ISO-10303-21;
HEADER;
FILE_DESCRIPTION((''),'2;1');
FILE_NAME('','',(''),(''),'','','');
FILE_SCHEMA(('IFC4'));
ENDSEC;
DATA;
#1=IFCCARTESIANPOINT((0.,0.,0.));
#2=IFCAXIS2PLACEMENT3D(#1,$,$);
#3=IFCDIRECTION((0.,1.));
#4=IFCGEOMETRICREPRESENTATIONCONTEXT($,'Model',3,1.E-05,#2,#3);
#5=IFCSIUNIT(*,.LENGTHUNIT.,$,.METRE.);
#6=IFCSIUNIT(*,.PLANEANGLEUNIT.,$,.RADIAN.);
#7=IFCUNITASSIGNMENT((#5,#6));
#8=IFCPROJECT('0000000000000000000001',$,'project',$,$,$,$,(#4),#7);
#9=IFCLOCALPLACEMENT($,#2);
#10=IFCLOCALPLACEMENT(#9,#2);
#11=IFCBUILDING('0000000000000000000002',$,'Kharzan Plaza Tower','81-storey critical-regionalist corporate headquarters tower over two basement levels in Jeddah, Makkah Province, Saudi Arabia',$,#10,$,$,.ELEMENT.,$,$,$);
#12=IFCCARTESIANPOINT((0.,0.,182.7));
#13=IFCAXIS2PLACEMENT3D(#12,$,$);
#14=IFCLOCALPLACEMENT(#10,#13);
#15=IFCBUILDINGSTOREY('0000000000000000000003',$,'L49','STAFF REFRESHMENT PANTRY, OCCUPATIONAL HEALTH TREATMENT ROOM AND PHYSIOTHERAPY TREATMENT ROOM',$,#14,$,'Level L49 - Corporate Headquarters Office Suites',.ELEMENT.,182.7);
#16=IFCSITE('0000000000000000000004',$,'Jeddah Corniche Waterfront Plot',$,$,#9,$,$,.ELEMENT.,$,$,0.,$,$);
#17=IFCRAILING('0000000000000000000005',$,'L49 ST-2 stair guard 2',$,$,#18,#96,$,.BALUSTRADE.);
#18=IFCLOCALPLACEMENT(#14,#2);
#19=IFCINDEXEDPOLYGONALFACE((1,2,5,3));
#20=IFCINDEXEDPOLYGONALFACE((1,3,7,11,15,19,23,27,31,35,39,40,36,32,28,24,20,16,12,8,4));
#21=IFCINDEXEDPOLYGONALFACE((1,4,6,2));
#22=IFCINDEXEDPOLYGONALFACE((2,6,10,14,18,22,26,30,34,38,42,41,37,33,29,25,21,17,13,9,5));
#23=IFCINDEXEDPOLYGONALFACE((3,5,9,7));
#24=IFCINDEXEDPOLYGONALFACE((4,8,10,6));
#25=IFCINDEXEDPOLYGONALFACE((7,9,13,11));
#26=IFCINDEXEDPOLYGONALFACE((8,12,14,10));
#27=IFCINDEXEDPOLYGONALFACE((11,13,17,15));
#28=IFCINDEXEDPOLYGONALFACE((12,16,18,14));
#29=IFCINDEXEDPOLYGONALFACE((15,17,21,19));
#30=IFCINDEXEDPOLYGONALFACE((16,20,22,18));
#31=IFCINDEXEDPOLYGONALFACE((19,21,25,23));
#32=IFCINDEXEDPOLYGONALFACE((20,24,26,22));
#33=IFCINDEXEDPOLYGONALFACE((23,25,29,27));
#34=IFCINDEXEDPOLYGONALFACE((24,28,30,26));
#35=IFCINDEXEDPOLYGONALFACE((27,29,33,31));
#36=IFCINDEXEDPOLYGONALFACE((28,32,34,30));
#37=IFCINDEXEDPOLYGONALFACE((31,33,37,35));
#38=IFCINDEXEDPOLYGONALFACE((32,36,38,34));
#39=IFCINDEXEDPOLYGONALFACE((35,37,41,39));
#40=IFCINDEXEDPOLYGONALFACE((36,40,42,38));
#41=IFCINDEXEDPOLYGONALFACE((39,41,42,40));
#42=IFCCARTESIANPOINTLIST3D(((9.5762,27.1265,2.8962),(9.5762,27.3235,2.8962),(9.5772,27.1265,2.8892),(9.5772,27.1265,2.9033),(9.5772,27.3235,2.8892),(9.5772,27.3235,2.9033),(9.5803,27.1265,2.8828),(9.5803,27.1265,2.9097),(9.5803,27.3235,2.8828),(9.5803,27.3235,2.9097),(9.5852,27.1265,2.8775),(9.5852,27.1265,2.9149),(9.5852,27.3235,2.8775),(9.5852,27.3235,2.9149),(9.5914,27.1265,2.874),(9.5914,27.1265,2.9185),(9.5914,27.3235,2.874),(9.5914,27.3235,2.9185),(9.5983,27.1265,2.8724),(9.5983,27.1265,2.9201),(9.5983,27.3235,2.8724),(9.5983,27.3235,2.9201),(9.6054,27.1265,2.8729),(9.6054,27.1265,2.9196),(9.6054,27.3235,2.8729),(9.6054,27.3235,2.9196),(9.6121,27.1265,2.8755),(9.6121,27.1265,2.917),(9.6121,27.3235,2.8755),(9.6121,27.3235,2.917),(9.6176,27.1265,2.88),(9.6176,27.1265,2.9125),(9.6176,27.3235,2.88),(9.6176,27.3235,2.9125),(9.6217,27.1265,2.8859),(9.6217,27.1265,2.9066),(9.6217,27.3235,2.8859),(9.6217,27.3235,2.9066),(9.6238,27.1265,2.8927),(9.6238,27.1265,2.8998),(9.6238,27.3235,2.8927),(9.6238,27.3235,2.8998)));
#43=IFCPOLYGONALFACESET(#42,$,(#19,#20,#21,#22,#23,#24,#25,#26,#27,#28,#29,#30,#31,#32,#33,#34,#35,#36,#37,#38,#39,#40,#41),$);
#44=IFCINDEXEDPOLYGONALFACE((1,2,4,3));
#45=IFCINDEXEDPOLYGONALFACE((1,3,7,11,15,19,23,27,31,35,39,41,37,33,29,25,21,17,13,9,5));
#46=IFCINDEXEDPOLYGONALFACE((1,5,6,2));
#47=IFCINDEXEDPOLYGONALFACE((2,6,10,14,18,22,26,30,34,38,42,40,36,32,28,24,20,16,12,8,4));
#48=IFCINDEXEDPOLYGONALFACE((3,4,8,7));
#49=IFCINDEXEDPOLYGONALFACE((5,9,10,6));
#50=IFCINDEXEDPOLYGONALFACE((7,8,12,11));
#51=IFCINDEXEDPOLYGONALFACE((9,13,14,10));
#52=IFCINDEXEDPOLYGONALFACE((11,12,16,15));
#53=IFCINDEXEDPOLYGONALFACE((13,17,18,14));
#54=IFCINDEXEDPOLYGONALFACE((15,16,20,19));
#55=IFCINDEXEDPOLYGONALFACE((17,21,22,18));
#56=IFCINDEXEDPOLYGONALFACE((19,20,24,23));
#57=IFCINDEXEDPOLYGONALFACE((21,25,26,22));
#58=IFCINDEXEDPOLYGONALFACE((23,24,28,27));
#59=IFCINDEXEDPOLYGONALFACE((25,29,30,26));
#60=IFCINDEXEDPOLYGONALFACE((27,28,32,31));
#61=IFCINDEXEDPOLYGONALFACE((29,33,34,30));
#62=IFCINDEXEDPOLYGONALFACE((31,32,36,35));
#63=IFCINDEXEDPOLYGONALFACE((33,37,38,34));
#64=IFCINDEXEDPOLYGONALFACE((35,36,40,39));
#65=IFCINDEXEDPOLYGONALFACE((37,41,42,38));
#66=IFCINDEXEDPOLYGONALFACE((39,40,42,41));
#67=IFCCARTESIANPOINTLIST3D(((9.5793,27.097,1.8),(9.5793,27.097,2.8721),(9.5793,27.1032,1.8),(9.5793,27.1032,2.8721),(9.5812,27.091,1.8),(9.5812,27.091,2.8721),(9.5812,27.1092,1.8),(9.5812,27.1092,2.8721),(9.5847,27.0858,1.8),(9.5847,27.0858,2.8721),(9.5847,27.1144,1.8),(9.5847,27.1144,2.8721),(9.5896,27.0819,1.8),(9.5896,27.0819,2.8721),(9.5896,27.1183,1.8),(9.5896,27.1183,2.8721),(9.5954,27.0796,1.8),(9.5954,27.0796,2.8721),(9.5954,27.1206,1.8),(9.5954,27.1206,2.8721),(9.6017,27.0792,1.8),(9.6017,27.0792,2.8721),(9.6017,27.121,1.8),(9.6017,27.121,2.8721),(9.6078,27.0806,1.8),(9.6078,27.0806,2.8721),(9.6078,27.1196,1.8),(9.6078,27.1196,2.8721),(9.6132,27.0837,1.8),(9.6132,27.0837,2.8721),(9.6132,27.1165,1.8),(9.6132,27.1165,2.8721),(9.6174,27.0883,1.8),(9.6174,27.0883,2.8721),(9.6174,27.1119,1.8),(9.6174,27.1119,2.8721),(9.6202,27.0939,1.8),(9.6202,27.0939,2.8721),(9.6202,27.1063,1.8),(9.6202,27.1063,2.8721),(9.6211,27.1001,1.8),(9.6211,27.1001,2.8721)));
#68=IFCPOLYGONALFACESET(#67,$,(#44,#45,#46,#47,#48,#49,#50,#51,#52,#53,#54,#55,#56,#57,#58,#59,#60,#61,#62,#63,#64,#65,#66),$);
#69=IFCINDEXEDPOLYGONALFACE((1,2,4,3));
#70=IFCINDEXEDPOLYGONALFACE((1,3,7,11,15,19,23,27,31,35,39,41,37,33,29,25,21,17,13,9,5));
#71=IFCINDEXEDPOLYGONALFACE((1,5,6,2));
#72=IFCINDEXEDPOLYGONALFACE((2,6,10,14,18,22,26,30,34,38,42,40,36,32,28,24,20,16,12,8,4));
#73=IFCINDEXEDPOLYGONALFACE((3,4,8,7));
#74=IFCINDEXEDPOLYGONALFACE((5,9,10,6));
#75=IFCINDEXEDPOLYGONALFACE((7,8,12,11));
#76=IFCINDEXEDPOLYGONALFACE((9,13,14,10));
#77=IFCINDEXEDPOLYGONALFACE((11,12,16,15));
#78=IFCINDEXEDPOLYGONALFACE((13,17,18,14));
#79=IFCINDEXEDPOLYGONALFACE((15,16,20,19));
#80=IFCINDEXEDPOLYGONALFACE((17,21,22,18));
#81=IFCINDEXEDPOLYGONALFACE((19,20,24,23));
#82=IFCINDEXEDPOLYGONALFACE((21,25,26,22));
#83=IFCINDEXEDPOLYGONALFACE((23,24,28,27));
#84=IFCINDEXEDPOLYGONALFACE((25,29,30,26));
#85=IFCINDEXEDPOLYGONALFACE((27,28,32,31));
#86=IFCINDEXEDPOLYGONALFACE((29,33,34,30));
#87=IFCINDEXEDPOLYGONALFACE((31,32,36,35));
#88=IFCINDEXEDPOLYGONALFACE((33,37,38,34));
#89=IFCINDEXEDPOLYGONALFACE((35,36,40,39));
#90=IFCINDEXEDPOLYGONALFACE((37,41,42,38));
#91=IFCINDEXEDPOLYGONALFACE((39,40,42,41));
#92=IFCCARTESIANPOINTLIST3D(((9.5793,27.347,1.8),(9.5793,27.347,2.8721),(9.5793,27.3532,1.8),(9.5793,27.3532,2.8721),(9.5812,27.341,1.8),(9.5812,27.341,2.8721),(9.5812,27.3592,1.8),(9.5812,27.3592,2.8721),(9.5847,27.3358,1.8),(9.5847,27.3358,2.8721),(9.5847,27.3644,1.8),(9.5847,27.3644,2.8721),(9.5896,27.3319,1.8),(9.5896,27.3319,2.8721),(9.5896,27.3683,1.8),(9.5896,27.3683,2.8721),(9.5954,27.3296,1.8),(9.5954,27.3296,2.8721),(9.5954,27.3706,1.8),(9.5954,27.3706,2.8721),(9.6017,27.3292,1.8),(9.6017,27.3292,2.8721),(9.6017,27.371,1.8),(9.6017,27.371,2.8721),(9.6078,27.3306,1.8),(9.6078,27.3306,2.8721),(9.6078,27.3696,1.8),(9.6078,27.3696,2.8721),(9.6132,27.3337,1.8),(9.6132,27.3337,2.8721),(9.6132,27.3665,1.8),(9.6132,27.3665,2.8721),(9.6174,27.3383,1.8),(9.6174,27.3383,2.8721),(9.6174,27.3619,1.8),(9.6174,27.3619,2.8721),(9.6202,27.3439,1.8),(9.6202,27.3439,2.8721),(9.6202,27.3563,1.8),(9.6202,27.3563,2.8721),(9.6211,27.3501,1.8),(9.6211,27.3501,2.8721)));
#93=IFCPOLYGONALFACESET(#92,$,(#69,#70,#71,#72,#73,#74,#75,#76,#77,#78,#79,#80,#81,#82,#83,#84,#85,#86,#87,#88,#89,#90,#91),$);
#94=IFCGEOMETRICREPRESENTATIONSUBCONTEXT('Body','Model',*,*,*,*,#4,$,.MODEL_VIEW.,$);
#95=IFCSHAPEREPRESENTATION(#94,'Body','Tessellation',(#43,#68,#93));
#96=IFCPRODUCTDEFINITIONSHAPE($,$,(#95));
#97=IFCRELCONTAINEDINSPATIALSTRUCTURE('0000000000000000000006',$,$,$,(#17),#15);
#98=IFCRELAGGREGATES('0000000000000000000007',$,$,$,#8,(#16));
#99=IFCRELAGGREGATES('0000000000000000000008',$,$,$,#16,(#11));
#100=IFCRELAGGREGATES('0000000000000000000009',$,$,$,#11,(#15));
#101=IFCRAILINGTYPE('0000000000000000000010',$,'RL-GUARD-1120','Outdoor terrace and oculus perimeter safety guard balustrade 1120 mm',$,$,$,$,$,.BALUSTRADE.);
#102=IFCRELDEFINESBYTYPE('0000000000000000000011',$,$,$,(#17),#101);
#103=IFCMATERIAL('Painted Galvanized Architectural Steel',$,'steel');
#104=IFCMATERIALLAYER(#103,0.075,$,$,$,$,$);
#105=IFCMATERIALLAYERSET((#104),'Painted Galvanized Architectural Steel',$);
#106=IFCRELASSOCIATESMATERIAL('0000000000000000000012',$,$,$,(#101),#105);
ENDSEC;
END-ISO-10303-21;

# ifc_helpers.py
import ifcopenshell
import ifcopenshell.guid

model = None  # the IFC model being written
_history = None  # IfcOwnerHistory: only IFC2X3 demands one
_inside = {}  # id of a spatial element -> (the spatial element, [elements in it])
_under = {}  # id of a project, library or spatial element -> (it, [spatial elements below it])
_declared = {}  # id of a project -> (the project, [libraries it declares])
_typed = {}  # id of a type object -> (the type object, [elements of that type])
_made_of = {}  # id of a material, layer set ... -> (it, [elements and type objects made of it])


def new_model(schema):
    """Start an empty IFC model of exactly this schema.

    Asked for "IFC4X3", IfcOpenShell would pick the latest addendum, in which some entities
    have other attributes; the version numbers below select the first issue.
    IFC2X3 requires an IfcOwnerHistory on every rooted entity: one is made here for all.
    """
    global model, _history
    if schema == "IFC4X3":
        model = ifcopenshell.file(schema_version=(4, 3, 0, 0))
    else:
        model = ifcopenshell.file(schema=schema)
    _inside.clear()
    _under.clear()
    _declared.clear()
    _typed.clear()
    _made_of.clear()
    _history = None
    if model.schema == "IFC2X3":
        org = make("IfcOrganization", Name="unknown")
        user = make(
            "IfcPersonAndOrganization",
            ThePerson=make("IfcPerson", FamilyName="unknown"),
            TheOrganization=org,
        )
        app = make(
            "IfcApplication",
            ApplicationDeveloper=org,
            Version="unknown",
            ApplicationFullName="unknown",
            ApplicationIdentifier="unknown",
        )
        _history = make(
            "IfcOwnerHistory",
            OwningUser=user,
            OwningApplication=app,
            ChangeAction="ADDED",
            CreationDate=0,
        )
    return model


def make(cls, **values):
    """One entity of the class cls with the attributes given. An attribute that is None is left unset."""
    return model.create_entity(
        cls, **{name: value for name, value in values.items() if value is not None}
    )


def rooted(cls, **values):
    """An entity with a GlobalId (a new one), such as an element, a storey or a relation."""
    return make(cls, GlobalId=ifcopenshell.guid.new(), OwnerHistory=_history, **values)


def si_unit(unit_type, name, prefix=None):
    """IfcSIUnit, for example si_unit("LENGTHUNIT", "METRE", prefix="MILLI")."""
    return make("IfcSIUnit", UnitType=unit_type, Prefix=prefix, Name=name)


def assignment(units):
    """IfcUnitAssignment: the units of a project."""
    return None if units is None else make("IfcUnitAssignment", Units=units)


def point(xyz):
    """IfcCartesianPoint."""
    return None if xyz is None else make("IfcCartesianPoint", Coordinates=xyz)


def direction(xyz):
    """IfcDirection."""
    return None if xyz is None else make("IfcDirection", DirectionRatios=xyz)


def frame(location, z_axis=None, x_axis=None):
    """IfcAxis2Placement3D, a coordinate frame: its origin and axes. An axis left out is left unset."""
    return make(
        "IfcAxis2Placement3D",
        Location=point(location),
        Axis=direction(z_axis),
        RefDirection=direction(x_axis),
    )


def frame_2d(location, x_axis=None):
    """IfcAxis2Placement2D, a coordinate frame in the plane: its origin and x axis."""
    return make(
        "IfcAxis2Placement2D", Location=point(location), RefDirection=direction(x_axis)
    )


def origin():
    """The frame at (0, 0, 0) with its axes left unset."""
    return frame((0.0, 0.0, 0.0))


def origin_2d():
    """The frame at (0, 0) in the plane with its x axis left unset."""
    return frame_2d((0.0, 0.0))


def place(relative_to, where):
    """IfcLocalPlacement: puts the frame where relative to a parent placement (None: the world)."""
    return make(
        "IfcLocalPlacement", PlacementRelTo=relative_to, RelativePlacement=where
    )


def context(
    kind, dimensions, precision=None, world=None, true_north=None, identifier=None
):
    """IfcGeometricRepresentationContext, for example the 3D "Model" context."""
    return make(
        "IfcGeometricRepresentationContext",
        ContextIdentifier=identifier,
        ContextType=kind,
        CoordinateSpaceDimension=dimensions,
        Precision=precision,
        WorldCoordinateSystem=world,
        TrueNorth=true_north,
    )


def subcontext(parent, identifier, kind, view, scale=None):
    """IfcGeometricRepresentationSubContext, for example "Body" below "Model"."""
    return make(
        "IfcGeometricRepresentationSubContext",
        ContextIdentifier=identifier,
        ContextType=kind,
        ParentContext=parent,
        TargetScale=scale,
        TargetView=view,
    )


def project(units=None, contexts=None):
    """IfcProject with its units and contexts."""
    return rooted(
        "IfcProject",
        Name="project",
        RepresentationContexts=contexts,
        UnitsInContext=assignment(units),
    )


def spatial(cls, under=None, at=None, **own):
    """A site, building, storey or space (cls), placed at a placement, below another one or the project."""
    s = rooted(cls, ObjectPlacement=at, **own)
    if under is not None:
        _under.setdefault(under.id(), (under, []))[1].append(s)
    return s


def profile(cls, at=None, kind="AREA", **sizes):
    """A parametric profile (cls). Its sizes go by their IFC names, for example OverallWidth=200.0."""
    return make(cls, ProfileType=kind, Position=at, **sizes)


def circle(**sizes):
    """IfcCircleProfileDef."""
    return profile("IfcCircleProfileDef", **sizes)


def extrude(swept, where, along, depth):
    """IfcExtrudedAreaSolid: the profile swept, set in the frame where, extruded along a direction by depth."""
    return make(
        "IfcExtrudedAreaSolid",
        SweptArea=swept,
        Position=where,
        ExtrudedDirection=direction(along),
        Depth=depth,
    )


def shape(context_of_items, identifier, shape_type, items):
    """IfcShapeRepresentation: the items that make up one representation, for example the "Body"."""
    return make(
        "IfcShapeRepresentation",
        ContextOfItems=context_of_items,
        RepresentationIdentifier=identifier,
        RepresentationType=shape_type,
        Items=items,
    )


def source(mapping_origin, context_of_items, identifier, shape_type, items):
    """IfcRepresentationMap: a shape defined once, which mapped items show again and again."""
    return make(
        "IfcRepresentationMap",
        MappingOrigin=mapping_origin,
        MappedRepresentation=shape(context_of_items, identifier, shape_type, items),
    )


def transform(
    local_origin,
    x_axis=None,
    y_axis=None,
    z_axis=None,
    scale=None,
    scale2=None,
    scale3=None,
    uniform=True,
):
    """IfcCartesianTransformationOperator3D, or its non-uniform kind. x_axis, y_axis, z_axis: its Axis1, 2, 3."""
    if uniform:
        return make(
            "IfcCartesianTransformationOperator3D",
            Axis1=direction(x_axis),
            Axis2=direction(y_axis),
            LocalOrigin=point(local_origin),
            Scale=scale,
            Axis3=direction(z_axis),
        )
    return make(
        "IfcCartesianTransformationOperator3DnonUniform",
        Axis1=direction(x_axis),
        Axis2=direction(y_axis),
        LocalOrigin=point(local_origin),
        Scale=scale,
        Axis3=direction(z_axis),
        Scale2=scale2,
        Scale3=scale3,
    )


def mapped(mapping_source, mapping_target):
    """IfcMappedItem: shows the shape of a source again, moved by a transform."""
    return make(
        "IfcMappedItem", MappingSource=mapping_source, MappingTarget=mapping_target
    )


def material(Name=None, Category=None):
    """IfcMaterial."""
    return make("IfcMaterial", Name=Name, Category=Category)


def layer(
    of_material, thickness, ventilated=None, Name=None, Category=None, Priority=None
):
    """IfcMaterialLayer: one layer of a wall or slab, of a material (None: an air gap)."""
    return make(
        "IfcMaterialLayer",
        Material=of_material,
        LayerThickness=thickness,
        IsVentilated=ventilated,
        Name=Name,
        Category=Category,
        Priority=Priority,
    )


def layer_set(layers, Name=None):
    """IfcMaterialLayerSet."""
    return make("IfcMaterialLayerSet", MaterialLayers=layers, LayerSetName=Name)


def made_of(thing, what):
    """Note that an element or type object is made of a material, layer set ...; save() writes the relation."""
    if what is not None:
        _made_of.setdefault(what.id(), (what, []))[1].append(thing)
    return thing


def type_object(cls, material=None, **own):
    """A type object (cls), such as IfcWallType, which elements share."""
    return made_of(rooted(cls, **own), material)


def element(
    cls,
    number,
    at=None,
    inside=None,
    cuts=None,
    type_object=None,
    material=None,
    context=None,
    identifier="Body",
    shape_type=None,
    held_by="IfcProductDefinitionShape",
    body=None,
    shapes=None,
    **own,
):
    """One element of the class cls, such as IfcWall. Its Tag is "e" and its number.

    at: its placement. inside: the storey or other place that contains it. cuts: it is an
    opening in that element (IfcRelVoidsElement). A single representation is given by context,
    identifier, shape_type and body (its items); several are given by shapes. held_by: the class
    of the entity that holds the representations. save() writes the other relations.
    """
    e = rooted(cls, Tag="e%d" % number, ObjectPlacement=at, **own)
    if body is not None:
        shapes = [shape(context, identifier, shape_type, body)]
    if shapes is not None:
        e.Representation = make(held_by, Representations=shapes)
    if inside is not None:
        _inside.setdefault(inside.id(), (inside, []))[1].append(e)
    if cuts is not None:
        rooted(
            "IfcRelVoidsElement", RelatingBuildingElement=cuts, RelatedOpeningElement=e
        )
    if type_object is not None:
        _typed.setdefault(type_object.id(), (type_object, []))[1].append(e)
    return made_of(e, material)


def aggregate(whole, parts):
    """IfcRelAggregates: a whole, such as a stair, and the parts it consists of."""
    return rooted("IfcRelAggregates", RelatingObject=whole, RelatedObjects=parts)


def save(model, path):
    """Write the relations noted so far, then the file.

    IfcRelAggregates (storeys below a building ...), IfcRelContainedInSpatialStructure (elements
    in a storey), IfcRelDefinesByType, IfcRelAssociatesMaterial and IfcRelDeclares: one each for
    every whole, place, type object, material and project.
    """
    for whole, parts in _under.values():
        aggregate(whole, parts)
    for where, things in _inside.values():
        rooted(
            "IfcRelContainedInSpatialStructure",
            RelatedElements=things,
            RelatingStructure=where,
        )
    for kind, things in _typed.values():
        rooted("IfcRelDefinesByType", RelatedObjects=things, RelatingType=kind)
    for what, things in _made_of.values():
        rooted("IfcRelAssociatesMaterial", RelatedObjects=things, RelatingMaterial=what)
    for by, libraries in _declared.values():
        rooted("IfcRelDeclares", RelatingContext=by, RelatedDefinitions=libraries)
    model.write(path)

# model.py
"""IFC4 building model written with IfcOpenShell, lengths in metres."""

from ifc_helpers import new_model, si_unit, direction, frame, origin, origin_2d, place, context, subcontext, project, spatial, circle, extrude, source, transform, mapped, material, layer, layer_set, type_object, element, save


model = new_model("IFC4")

# Units and contexts
model_context = context("Model", 3, precision=1e-05, world=origin(), true_north=direction((0.0, 1.0)))
body_context = subcontext(model_context, "Body", "Model", "MODEL_VIEW")
ifc_project = project(units=[si_unit("LENGTHUNIT", "METRE"), si_unit("PLANEANGLEUNIT", "RADIAN")], contexts=[model_context])

# Site, building, storey
site_placement = place(None, origin())
site = spatial("IfcSite", under=ifc_project, at=site_placement, Name="Jeddah Corniche Waterfront Plot", CompositionType="ELEMENT", RefElevation=0.0)
building_placement = place(site_placement, origin())
building = spatial("IfcBuilding", under=site, at=building_placement, Name="Kharzan Plaza Tower", Description="81-storey critical-regionalist corporate headquarters tower over two basement levels in Jeddah, Makkah Province, Saudi Arabia", CompositionType="ELEMENT")
storey_placement = place(building_placement, frame((0.0, 0.0, 182.7)))
storey = spatial("IfcBuildingStorey", under=building, at=storey_placement, Name="L49", Description="STAFF REFRESHMENT PANTRY, OCCUPATIONAL HEALTH TREATMENT ROOM AND PHYSIOTHERAPY TREATMENT ROOM", LongName="Level L49 - Corporate Headquarters Office Suites", CompositionType="ELEMENT", Elevation=182.7)

# Railing
ifc_material_1 = material(Name="Painted Galvanized Architectural Steel", Category="steel")
ifc_layer_1 = layer(ifc_material_1, 0.075)
ifc_layer_set_1 = layer_set([ifc_layer_1], Name="Painted Galvanized Architectural Steel")
railing_type_1 = type_object("IfcRailingType", Name="RL-GUARD-1120", Description="Outdoor terrace and oculus perimeter safety guard balustrade 1120 mm", PredefinedType="BALUSTRADE", material=ifc_layer_set_1)
shared_shape_1 = source(origin(), body_context, "Body", "SweptSolid", [
    extrude(circle(Radius=0.0239, at=origin_2d()), frame((0.0, 0.0264, 1.0962), z_axis=(0.0, 1.0, 0.0), x_axis=(-1.0, 0.0, 0.0)), (0.0, 0.0, 1.0), 0.197),
    extrude(circle(Radius=0.021, at=origin_2d()), origin(), (0.0, 0.0, 1.0), 1.072),
    extrude(circle(Radius=0.021, at=origin_2d()), frame((0.0, 0.25, 0.0)), (0.0, 0.0, 1.0), 1.072),
])
railing_1_placement = place(storey_placement, frame((9.6001, 27.1001, 1.8)))
element("IfcRailing", 1, at=railing_1_placement, inside=storey, type_object=railing_type_1, Name="L49 ST-2 stair guard 2", PredefinedType="BALUSTRADE", context=body_context, shape_type="MappedRepresentation", body=[
    mapped(shared_shape_1, transform((0.0, 0.0, 0.0), x_axis=(1.0, 0.0, 0.0), y_axis=(0.0, 1.0, 0.0), z_axis=(0.0, 0.0, 1.0))),
])

save(model, "model.ifc")
